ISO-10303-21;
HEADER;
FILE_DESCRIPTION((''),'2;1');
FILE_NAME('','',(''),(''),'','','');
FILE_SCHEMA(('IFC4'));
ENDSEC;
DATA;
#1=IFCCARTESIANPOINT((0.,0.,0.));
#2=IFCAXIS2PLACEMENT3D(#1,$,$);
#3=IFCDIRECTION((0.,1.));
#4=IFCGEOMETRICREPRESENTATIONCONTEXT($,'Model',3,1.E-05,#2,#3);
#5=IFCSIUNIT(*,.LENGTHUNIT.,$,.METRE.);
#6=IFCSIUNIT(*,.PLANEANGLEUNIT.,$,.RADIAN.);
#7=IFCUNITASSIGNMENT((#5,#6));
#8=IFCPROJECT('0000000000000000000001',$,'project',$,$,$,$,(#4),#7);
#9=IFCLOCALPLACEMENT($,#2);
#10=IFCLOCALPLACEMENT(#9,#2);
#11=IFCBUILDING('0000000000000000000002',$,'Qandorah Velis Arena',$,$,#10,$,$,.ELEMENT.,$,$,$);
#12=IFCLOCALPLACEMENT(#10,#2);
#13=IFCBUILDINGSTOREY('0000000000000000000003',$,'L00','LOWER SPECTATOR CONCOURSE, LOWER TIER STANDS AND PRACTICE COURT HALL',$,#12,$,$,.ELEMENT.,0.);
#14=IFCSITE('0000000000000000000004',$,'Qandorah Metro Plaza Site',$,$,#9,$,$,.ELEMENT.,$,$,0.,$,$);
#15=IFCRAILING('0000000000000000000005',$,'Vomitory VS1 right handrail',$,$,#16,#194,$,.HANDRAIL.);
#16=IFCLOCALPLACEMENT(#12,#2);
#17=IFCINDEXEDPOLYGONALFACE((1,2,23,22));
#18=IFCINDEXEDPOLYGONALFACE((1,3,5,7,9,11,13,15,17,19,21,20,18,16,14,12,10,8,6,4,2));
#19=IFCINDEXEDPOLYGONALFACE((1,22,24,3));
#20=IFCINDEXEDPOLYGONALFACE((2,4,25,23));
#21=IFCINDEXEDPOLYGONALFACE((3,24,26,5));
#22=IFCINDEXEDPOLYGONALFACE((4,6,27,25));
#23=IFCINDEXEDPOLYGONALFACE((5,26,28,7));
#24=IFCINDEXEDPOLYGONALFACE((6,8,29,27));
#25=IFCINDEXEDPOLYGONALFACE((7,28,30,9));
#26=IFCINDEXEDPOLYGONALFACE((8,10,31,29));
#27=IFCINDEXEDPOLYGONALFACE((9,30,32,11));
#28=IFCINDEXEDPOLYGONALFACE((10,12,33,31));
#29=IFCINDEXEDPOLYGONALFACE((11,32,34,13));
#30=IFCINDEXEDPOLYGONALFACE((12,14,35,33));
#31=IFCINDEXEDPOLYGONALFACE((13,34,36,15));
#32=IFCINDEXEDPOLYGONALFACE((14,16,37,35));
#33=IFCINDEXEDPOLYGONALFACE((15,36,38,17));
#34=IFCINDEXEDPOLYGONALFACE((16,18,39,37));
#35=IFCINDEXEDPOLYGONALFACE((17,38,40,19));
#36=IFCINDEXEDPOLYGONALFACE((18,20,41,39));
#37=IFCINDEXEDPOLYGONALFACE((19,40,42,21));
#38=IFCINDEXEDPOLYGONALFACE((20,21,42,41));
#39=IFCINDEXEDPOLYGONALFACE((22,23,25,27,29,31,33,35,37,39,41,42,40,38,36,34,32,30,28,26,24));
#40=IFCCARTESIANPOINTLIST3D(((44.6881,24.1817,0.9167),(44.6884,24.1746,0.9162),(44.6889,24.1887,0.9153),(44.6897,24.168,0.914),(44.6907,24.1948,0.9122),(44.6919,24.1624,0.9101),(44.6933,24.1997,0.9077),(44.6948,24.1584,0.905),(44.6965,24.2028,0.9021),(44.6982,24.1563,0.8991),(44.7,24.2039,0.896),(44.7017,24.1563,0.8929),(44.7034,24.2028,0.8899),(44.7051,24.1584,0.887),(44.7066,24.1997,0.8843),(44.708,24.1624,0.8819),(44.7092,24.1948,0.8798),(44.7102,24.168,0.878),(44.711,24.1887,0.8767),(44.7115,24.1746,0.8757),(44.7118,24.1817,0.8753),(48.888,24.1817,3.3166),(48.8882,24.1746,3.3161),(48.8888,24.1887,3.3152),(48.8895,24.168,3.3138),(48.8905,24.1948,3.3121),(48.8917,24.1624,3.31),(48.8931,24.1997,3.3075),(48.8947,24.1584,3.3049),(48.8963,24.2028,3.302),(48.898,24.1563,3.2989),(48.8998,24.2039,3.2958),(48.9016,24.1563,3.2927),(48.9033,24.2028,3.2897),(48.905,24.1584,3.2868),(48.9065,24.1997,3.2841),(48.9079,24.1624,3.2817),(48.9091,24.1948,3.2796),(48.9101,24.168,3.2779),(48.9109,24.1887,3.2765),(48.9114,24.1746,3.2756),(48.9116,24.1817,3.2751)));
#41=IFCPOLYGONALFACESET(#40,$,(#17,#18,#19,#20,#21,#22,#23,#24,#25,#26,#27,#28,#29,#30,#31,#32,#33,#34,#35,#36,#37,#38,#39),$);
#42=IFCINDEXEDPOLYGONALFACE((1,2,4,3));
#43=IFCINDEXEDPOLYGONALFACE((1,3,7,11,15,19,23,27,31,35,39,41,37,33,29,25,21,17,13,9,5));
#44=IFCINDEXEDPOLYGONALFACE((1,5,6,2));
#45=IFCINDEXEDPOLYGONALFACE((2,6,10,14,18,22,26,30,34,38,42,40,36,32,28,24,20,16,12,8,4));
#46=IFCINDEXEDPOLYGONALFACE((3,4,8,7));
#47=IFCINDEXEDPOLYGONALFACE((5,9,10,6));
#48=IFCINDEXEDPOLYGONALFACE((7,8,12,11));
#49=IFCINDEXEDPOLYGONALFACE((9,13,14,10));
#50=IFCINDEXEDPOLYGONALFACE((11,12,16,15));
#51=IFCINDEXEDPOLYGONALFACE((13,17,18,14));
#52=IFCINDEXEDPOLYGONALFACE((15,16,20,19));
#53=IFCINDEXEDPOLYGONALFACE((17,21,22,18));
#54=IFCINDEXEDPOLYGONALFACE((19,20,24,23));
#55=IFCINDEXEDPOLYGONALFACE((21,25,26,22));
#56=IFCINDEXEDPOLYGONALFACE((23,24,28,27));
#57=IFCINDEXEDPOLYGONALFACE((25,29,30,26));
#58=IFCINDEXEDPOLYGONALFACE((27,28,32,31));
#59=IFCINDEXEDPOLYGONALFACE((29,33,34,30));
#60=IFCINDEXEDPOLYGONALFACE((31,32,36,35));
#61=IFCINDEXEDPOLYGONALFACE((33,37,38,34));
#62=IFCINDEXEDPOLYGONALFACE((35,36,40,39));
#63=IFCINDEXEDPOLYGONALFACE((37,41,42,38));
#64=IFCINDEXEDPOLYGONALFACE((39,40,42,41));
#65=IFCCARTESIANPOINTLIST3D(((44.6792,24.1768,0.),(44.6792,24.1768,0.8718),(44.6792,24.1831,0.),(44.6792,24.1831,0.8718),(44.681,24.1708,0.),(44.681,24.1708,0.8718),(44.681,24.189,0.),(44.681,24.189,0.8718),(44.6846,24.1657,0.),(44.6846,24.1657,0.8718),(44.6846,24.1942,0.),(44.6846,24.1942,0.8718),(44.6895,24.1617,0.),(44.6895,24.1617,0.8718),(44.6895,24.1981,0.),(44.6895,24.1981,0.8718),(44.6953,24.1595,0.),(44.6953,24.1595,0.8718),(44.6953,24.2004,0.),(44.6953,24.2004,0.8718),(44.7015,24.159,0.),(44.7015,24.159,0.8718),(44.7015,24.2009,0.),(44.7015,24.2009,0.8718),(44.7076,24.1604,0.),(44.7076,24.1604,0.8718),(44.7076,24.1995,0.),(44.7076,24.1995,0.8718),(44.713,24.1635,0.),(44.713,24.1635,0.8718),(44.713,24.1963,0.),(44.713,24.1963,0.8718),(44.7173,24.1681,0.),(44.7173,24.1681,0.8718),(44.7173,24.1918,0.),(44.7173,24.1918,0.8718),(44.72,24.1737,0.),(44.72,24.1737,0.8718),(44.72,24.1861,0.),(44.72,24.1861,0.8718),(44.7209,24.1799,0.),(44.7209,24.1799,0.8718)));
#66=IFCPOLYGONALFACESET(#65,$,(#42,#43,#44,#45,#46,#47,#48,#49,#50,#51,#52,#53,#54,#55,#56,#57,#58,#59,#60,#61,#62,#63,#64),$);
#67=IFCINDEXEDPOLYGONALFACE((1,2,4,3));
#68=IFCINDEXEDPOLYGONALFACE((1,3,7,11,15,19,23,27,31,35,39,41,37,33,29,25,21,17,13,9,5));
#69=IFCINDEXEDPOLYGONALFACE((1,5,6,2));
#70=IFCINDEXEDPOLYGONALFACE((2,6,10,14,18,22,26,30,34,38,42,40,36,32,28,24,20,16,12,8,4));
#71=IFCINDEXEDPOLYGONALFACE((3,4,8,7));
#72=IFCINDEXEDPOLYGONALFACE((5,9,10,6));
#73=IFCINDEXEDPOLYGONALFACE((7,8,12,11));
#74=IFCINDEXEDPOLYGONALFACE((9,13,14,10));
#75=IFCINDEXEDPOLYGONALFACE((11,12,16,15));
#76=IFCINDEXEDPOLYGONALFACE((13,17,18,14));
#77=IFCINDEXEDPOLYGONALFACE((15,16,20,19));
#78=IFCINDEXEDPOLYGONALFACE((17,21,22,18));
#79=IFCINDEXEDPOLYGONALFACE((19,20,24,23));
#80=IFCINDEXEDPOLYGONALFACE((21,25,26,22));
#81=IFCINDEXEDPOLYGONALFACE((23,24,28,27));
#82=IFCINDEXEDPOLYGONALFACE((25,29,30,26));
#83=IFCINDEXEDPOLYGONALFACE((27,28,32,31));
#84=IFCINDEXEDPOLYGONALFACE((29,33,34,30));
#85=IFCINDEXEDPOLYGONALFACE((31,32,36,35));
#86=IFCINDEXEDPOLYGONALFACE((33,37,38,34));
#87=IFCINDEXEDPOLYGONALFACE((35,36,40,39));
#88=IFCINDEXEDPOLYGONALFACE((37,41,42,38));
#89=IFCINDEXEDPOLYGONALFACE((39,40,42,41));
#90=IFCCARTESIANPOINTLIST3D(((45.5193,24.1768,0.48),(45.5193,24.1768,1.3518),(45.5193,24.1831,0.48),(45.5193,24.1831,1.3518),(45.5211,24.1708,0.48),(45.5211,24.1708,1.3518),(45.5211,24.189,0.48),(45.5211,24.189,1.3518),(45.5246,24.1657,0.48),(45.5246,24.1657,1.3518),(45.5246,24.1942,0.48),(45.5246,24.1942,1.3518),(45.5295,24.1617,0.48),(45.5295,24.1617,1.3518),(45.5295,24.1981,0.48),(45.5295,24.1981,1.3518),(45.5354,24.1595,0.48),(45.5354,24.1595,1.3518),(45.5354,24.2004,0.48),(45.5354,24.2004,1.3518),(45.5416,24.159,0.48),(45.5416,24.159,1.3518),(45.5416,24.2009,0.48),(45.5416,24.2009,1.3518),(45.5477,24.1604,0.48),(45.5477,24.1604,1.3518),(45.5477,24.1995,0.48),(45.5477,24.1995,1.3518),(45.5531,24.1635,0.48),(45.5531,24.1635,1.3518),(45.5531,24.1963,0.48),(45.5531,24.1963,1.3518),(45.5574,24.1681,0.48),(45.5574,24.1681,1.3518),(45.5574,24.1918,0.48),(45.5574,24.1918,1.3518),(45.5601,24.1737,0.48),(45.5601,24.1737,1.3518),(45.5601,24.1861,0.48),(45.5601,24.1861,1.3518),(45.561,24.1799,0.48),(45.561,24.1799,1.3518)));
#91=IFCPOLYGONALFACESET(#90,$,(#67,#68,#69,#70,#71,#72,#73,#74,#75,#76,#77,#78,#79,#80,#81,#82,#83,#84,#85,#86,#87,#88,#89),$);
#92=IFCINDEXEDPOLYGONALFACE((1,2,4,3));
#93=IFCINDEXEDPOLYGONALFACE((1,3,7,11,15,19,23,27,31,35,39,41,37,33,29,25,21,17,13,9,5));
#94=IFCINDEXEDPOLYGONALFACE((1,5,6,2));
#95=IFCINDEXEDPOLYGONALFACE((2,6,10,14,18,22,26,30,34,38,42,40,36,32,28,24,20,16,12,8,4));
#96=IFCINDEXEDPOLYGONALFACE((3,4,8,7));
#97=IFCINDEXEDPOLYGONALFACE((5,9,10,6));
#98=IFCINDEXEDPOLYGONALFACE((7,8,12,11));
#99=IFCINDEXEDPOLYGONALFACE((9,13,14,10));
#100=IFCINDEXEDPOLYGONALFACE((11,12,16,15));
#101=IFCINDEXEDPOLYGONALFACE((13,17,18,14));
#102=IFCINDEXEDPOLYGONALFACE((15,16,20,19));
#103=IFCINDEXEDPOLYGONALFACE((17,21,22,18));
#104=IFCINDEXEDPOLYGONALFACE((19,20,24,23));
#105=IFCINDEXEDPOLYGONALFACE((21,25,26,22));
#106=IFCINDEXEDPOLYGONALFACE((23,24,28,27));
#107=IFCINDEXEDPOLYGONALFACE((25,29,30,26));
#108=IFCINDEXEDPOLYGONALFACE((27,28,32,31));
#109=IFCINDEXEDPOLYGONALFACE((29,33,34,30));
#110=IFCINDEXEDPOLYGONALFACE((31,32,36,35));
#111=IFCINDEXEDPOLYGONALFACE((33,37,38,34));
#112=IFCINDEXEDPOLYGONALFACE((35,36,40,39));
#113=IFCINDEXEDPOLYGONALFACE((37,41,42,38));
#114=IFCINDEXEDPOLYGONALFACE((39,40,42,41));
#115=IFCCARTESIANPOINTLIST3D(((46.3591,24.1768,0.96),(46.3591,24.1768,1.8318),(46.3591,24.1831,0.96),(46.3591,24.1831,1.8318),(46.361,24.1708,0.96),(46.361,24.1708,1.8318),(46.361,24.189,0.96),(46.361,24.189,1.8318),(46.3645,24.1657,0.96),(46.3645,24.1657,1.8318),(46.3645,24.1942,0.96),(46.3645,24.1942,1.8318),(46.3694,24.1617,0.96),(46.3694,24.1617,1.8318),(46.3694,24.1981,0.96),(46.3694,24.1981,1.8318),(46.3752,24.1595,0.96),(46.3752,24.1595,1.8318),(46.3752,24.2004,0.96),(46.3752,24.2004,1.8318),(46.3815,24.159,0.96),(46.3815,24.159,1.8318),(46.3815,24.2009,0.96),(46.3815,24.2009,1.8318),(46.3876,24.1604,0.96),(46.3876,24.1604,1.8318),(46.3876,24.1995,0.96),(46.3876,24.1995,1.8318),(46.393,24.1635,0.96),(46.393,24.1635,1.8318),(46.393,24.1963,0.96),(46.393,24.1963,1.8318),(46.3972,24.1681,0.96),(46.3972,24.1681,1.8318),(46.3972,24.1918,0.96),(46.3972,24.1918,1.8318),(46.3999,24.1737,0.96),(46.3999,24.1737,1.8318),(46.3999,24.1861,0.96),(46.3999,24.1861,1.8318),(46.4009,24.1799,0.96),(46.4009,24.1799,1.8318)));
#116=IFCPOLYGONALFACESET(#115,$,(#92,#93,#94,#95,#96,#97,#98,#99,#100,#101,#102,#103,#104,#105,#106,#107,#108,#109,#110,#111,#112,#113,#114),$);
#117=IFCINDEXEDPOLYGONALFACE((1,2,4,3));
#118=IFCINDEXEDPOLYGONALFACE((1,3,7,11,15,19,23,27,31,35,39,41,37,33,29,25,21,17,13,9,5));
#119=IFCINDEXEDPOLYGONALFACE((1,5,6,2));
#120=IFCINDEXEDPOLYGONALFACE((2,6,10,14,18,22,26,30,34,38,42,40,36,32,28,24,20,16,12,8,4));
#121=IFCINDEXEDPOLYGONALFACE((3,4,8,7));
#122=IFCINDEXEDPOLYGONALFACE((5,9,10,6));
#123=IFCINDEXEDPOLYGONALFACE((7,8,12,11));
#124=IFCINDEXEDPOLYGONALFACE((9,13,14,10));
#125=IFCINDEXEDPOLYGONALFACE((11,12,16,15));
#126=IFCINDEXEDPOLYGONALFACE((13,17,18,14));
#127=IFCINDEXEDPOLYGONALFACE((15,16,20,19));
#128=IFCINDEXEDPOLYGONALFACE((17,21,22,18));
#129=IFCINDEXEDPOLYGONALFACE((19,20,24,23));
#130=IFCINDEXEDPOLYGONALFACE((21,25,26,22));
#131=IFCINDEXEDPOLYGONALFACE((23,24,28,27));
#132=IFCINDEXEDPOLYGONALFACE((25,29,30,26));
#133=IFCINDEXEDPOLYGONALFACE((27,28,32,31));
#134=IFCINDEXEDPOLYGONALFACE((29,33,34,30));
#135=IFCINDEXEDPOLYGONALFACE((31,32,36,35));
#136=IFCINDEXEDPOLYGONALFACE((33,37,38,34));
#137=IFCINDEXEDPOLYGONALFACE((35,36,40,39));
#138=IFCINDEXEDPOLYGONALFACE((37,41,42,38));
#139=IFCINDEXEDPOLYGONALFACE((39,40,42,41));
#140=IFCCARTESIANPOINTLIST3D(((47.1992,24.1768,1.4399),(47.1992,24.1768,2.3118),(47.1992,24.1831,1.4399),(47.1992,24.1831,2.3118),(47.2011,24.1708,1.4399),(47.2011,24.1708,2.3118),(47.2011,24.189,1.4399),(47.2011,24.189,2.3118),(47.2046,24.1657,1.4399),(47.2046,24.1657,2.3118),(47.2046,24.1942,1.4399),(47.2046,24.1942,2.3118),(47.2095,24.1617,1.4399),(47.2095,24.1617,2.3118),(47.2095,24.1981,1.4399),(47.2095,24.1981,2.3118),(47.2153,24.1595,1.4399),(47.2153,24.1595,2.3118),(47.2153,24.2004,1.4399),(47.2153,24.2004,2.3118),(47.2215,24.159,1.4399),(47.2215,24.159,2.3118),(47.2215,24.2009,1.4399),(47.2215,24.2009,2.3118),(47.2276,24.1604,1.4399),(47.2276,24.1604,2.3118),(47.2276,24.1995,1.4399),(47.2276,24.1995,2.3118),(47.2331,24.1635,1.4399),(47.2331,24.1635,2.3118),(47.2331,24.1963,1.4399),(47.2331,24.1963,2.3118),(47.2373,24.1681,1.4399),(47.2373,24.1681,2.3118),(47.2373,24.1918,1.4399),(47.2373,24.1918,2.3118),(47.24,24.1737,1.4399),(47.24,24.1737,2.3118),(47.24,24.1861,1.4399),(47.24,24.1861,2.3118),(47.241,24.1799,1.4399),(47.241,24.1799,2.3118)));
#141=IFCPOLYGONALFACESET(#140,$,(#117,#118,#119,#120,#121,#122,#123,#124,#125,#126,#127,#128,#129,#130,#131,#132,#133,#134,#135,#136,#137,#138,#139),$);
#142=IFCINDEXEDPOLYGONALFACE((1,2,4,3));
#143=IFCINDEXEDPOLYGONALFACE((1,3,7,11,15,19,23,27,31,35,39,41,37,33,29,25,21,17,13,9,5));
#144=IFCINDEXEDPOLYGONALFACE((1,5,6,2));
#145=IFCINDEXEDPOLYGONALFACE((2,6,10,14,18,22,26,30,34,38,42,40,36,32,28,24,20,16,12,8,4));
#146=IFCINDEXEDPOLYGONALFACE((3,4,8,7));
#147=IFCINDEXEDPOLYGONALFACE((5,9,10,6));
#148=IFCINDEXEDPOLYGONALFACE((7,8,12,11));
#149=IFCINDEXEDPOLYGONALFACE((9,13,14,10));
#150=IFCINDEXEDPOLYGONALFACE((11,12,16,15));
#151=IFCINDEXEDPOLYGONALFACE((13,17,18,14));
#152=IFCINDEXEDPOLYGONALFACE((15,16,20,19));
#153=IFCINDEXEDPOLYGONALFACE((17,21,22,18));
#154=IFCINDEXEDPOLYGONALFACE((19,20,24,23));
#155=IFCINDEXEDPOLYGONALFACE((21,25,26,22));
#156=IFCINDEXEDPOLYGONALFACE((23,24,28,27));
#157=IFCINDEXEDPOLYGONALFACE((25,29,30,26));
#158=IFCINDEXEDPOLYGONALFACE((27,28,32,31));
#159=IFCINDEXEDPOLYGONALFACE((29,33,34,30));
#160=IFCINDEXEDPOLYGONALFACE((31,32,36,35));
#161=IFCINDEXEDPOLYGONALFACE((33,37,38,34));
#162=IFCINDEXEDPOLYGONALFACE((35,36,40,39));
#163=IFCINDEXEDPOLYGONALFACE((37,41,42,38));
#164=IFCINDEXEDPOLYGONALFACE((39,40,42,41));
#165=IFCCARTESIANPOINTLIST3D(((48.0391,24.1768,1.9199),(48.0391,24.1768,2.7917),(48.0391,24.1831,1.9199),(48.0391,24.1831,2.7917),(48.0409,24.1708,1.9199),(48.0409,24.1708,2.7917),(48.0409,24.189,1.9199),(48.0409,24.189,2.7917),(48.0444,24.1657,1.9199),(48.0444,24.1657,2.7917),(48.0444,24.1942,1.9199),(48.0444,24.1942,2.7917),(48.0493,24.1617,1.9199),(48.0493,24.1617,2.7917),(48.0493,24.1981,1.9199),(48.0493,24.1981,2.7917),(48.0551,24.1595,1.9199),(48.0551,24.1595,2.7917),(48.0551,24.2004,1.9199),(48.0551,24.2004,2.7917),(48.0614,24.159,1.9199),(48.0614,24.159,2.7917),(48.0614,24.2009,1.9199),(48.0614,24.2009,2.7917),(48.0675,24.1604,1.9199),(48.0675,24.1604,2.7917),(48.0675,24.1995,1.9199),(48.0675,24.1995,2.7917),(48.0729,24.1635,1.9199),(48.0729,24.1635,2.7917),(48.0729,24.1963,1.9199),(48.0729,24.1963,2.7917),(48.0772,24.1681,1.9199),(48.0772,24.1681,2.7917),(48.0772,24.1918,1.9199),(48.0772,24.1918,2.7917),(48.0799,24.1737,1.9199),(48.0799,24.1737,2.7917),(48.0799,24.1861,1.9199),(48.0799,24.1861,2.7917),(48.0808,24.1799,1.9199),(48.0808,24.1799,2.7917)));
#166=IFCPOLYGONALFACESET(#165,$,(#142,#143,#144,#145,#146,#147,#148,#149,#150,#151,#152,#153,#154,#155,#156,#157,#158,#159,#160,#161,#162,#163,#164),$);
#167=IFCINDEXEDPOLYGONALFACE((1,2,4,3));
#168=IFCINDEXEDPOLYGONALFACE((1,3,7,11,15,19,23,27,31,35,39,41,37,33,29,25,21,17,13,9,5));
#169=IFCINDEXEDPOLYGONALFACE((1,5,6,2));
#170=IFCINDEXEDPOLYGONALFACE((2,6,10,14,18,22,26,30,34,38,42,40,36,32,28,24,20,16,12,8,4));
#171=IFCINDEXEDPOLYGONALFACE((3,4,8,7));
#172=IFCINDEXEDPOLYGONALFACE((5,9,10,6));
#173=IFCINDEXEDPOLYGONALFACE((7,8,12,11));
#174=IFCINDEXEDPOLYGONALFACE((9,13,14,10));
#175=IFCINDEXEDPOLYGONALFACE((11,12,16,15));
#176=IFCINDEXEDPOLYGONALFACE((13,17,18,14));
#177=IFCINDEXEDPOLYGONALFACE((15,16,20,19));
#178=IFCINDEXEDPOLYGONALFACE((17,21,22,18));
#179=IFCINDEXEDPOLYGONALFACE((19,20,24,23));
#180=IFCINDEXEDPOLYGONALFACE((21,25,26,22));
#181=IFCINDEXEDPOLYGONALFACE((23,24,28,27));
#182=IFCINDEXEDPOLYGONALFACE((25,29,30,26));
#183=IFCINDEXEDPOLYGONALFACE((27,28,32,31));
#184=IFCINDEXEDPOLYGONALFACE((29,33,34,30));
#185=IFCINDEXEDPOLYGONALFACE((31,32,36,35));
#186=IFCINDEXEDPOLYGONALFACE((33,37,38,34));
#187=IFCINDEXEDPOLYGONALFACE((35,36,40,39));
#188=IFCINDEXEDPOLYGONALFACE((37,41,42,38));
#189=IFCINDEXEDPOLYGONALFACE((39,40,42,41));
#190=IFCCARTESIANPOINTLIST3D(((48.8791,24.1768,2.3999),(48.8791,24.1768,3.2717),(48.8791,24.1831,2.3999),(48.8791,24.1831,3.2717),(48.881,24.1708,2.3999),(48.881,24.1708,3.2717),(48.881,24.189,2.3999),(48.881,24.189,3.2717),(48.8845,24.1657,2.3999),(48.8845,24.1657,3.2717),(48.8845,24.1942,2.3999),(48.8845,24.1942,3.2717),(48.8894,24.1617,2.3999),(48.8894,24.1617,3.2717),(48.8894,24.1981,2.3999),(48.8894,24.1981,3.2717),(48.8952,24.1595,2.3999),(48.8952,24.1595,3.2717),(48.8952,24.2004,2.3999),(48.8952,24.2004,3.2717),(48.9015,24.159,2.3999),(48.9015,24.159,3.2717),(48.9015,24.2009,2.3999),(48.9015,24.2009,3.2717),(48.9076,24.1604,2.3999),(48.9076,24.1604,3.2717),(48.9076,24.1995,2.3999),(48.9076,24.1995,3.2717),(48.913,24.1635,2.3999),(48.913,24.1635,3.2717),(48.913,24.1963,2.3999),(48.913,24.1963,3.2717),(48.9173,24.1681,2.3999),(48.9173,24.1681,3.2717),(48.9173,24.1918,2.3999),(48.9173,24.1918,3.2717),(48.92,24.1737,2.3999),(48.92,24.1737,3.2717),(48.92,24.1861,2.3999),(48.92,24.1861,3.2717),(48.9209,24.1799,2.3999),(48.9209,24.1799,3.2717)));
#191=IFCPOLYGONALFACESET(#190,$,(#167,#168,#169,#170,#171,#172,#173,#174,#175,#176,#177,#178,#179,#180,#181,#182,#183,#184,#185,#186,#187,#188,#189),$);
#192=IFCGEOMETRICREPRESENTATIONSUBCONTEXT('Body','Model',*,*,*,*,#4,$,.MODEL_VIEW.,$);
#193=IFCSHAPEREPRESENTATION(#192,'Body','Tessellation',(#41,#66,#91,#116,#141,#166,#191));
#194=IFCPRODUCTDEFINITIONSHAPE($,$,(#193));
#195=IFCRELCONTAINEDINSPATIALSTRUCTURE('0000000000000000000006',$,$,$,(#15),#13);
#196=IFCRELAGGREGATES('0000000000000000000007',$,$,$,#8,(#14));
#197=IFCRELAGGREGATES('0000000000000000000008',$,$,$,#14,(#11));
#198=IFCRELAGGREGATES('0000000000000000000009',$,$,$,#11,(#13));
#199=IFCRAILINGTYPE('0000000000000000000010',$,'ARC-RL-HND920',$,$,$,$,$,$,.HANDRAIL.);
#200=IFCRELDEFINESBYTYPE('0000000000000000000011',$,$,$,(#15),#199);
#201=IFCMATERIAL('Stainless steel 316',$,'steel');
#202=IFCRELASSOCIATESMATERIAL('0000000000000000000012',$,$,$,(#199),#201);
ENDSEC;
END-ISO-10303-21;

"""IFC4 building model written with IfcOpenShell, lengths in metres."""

from ifc_helpers import new_model, si_unit, direction, frame, origin, origin_2d, place, context, subcontext, project, spatial, circle, extrude, material, type_object, element, save


model = new_model("IFC4")

# Units and contexts
model_context = context("Model", 3, precision=1e-05, world=origin(), true_north=direction((0.0, 1.0)))
body_context = subcontext(model_context, "Body", "Model", "MODEL_VIEW")
ifc_project = project(units=[si_unit("LENGTHUNIT", "METRE"), si_unit("PLANEANGLEUNIT", "RADIAN")], contexts=[model_context])

# Site, building, storey
site_placement = place(None, origin())
site = spatial("IfcSite", under=ifc_project, at=site_placement, Name="Qandorah Metro Plaza Site", CompositionType="ELEMENT", RefElevation=0.0)
building_placement = place(site_placement, origin())
building = spatial("IfcBuilding", under=site, at=building_placement, Name="Qandorah Velis Arena", CompositionType="ELEMENT")
storey_placement = place(building_placement, origin())
storey = spatial("IfcBuildingStorey", under=building, at=storey_placement, Name="L00", Description="LOWER SPECTATOR CONCOURSE, LOWER TIER STANDS AND PRACTICE COURT HALL", CompositionType="ELEMENT", Elevation=0.0)

# Railing
ifc_material_1 = material(Name="Stainless steel 316", Category="steel")
railing_type_1 = type_object("IfcRailingType", Name="ARC-RL-HND920", PredefinedType="HANDRAIL", material=ifc_material_1)
for number, where, name in (
    (1, (44.7, 24.1799, 0.0), "Vomitory VS1 right handrail"),
):
    element("IfcRailing", number, at=place(storey_placement, frame(where)), inside=storey, type_object=railing_type_1, Name=name, PredefinedType="HANDRAIL", context=body_context, shape_type="SweptSolid", body=[
        extrude(circle(Radius=0.0239, at=origin_2d()), frame((0.0, 0.0, 0.896), z_axis=(0.868249, 0.0, 0.496128), x_axis=(0.0, 1.0, 0.0)), (0.0, 0.0, 1.0), 4.8372),
        extrude(circle(Radius=0.021, at=origin_2d()), origin(), (0.0, 0.0, 1.0), 0.8718),
        extrude(circle(Radius=0.021, at=origin_2d()), frame((0.8401, 0.0, 0.48)), (0.0, 0.0, 1.0), 0.8718),
        extrude(circle(Radius=0.021, at=origin_2d()), frame((1.6799, 0.0, 0.96)), (0.0, 0.0, 1.0), 0.8718),
        extrude(circle(Radius=0.021, at=origin_2d()), frame((2.52, 0.0, 1.4399)), (0.0, 0.0, 1.0), 0.8718),
        extrude(circle(Radius=0.021, at=origin_2d()), frame((3.3599, 0.0, 1.9199)), (0.0, 0.0, 1.0), 0.8718),
        extrude(circle(Radius=0.021, at=origin_2d()), frame((4.2, 0.0, 2.3999)), (0.0, 0.0, 1.0), 0.8718),
    ])

save(model, "model.ifc")
